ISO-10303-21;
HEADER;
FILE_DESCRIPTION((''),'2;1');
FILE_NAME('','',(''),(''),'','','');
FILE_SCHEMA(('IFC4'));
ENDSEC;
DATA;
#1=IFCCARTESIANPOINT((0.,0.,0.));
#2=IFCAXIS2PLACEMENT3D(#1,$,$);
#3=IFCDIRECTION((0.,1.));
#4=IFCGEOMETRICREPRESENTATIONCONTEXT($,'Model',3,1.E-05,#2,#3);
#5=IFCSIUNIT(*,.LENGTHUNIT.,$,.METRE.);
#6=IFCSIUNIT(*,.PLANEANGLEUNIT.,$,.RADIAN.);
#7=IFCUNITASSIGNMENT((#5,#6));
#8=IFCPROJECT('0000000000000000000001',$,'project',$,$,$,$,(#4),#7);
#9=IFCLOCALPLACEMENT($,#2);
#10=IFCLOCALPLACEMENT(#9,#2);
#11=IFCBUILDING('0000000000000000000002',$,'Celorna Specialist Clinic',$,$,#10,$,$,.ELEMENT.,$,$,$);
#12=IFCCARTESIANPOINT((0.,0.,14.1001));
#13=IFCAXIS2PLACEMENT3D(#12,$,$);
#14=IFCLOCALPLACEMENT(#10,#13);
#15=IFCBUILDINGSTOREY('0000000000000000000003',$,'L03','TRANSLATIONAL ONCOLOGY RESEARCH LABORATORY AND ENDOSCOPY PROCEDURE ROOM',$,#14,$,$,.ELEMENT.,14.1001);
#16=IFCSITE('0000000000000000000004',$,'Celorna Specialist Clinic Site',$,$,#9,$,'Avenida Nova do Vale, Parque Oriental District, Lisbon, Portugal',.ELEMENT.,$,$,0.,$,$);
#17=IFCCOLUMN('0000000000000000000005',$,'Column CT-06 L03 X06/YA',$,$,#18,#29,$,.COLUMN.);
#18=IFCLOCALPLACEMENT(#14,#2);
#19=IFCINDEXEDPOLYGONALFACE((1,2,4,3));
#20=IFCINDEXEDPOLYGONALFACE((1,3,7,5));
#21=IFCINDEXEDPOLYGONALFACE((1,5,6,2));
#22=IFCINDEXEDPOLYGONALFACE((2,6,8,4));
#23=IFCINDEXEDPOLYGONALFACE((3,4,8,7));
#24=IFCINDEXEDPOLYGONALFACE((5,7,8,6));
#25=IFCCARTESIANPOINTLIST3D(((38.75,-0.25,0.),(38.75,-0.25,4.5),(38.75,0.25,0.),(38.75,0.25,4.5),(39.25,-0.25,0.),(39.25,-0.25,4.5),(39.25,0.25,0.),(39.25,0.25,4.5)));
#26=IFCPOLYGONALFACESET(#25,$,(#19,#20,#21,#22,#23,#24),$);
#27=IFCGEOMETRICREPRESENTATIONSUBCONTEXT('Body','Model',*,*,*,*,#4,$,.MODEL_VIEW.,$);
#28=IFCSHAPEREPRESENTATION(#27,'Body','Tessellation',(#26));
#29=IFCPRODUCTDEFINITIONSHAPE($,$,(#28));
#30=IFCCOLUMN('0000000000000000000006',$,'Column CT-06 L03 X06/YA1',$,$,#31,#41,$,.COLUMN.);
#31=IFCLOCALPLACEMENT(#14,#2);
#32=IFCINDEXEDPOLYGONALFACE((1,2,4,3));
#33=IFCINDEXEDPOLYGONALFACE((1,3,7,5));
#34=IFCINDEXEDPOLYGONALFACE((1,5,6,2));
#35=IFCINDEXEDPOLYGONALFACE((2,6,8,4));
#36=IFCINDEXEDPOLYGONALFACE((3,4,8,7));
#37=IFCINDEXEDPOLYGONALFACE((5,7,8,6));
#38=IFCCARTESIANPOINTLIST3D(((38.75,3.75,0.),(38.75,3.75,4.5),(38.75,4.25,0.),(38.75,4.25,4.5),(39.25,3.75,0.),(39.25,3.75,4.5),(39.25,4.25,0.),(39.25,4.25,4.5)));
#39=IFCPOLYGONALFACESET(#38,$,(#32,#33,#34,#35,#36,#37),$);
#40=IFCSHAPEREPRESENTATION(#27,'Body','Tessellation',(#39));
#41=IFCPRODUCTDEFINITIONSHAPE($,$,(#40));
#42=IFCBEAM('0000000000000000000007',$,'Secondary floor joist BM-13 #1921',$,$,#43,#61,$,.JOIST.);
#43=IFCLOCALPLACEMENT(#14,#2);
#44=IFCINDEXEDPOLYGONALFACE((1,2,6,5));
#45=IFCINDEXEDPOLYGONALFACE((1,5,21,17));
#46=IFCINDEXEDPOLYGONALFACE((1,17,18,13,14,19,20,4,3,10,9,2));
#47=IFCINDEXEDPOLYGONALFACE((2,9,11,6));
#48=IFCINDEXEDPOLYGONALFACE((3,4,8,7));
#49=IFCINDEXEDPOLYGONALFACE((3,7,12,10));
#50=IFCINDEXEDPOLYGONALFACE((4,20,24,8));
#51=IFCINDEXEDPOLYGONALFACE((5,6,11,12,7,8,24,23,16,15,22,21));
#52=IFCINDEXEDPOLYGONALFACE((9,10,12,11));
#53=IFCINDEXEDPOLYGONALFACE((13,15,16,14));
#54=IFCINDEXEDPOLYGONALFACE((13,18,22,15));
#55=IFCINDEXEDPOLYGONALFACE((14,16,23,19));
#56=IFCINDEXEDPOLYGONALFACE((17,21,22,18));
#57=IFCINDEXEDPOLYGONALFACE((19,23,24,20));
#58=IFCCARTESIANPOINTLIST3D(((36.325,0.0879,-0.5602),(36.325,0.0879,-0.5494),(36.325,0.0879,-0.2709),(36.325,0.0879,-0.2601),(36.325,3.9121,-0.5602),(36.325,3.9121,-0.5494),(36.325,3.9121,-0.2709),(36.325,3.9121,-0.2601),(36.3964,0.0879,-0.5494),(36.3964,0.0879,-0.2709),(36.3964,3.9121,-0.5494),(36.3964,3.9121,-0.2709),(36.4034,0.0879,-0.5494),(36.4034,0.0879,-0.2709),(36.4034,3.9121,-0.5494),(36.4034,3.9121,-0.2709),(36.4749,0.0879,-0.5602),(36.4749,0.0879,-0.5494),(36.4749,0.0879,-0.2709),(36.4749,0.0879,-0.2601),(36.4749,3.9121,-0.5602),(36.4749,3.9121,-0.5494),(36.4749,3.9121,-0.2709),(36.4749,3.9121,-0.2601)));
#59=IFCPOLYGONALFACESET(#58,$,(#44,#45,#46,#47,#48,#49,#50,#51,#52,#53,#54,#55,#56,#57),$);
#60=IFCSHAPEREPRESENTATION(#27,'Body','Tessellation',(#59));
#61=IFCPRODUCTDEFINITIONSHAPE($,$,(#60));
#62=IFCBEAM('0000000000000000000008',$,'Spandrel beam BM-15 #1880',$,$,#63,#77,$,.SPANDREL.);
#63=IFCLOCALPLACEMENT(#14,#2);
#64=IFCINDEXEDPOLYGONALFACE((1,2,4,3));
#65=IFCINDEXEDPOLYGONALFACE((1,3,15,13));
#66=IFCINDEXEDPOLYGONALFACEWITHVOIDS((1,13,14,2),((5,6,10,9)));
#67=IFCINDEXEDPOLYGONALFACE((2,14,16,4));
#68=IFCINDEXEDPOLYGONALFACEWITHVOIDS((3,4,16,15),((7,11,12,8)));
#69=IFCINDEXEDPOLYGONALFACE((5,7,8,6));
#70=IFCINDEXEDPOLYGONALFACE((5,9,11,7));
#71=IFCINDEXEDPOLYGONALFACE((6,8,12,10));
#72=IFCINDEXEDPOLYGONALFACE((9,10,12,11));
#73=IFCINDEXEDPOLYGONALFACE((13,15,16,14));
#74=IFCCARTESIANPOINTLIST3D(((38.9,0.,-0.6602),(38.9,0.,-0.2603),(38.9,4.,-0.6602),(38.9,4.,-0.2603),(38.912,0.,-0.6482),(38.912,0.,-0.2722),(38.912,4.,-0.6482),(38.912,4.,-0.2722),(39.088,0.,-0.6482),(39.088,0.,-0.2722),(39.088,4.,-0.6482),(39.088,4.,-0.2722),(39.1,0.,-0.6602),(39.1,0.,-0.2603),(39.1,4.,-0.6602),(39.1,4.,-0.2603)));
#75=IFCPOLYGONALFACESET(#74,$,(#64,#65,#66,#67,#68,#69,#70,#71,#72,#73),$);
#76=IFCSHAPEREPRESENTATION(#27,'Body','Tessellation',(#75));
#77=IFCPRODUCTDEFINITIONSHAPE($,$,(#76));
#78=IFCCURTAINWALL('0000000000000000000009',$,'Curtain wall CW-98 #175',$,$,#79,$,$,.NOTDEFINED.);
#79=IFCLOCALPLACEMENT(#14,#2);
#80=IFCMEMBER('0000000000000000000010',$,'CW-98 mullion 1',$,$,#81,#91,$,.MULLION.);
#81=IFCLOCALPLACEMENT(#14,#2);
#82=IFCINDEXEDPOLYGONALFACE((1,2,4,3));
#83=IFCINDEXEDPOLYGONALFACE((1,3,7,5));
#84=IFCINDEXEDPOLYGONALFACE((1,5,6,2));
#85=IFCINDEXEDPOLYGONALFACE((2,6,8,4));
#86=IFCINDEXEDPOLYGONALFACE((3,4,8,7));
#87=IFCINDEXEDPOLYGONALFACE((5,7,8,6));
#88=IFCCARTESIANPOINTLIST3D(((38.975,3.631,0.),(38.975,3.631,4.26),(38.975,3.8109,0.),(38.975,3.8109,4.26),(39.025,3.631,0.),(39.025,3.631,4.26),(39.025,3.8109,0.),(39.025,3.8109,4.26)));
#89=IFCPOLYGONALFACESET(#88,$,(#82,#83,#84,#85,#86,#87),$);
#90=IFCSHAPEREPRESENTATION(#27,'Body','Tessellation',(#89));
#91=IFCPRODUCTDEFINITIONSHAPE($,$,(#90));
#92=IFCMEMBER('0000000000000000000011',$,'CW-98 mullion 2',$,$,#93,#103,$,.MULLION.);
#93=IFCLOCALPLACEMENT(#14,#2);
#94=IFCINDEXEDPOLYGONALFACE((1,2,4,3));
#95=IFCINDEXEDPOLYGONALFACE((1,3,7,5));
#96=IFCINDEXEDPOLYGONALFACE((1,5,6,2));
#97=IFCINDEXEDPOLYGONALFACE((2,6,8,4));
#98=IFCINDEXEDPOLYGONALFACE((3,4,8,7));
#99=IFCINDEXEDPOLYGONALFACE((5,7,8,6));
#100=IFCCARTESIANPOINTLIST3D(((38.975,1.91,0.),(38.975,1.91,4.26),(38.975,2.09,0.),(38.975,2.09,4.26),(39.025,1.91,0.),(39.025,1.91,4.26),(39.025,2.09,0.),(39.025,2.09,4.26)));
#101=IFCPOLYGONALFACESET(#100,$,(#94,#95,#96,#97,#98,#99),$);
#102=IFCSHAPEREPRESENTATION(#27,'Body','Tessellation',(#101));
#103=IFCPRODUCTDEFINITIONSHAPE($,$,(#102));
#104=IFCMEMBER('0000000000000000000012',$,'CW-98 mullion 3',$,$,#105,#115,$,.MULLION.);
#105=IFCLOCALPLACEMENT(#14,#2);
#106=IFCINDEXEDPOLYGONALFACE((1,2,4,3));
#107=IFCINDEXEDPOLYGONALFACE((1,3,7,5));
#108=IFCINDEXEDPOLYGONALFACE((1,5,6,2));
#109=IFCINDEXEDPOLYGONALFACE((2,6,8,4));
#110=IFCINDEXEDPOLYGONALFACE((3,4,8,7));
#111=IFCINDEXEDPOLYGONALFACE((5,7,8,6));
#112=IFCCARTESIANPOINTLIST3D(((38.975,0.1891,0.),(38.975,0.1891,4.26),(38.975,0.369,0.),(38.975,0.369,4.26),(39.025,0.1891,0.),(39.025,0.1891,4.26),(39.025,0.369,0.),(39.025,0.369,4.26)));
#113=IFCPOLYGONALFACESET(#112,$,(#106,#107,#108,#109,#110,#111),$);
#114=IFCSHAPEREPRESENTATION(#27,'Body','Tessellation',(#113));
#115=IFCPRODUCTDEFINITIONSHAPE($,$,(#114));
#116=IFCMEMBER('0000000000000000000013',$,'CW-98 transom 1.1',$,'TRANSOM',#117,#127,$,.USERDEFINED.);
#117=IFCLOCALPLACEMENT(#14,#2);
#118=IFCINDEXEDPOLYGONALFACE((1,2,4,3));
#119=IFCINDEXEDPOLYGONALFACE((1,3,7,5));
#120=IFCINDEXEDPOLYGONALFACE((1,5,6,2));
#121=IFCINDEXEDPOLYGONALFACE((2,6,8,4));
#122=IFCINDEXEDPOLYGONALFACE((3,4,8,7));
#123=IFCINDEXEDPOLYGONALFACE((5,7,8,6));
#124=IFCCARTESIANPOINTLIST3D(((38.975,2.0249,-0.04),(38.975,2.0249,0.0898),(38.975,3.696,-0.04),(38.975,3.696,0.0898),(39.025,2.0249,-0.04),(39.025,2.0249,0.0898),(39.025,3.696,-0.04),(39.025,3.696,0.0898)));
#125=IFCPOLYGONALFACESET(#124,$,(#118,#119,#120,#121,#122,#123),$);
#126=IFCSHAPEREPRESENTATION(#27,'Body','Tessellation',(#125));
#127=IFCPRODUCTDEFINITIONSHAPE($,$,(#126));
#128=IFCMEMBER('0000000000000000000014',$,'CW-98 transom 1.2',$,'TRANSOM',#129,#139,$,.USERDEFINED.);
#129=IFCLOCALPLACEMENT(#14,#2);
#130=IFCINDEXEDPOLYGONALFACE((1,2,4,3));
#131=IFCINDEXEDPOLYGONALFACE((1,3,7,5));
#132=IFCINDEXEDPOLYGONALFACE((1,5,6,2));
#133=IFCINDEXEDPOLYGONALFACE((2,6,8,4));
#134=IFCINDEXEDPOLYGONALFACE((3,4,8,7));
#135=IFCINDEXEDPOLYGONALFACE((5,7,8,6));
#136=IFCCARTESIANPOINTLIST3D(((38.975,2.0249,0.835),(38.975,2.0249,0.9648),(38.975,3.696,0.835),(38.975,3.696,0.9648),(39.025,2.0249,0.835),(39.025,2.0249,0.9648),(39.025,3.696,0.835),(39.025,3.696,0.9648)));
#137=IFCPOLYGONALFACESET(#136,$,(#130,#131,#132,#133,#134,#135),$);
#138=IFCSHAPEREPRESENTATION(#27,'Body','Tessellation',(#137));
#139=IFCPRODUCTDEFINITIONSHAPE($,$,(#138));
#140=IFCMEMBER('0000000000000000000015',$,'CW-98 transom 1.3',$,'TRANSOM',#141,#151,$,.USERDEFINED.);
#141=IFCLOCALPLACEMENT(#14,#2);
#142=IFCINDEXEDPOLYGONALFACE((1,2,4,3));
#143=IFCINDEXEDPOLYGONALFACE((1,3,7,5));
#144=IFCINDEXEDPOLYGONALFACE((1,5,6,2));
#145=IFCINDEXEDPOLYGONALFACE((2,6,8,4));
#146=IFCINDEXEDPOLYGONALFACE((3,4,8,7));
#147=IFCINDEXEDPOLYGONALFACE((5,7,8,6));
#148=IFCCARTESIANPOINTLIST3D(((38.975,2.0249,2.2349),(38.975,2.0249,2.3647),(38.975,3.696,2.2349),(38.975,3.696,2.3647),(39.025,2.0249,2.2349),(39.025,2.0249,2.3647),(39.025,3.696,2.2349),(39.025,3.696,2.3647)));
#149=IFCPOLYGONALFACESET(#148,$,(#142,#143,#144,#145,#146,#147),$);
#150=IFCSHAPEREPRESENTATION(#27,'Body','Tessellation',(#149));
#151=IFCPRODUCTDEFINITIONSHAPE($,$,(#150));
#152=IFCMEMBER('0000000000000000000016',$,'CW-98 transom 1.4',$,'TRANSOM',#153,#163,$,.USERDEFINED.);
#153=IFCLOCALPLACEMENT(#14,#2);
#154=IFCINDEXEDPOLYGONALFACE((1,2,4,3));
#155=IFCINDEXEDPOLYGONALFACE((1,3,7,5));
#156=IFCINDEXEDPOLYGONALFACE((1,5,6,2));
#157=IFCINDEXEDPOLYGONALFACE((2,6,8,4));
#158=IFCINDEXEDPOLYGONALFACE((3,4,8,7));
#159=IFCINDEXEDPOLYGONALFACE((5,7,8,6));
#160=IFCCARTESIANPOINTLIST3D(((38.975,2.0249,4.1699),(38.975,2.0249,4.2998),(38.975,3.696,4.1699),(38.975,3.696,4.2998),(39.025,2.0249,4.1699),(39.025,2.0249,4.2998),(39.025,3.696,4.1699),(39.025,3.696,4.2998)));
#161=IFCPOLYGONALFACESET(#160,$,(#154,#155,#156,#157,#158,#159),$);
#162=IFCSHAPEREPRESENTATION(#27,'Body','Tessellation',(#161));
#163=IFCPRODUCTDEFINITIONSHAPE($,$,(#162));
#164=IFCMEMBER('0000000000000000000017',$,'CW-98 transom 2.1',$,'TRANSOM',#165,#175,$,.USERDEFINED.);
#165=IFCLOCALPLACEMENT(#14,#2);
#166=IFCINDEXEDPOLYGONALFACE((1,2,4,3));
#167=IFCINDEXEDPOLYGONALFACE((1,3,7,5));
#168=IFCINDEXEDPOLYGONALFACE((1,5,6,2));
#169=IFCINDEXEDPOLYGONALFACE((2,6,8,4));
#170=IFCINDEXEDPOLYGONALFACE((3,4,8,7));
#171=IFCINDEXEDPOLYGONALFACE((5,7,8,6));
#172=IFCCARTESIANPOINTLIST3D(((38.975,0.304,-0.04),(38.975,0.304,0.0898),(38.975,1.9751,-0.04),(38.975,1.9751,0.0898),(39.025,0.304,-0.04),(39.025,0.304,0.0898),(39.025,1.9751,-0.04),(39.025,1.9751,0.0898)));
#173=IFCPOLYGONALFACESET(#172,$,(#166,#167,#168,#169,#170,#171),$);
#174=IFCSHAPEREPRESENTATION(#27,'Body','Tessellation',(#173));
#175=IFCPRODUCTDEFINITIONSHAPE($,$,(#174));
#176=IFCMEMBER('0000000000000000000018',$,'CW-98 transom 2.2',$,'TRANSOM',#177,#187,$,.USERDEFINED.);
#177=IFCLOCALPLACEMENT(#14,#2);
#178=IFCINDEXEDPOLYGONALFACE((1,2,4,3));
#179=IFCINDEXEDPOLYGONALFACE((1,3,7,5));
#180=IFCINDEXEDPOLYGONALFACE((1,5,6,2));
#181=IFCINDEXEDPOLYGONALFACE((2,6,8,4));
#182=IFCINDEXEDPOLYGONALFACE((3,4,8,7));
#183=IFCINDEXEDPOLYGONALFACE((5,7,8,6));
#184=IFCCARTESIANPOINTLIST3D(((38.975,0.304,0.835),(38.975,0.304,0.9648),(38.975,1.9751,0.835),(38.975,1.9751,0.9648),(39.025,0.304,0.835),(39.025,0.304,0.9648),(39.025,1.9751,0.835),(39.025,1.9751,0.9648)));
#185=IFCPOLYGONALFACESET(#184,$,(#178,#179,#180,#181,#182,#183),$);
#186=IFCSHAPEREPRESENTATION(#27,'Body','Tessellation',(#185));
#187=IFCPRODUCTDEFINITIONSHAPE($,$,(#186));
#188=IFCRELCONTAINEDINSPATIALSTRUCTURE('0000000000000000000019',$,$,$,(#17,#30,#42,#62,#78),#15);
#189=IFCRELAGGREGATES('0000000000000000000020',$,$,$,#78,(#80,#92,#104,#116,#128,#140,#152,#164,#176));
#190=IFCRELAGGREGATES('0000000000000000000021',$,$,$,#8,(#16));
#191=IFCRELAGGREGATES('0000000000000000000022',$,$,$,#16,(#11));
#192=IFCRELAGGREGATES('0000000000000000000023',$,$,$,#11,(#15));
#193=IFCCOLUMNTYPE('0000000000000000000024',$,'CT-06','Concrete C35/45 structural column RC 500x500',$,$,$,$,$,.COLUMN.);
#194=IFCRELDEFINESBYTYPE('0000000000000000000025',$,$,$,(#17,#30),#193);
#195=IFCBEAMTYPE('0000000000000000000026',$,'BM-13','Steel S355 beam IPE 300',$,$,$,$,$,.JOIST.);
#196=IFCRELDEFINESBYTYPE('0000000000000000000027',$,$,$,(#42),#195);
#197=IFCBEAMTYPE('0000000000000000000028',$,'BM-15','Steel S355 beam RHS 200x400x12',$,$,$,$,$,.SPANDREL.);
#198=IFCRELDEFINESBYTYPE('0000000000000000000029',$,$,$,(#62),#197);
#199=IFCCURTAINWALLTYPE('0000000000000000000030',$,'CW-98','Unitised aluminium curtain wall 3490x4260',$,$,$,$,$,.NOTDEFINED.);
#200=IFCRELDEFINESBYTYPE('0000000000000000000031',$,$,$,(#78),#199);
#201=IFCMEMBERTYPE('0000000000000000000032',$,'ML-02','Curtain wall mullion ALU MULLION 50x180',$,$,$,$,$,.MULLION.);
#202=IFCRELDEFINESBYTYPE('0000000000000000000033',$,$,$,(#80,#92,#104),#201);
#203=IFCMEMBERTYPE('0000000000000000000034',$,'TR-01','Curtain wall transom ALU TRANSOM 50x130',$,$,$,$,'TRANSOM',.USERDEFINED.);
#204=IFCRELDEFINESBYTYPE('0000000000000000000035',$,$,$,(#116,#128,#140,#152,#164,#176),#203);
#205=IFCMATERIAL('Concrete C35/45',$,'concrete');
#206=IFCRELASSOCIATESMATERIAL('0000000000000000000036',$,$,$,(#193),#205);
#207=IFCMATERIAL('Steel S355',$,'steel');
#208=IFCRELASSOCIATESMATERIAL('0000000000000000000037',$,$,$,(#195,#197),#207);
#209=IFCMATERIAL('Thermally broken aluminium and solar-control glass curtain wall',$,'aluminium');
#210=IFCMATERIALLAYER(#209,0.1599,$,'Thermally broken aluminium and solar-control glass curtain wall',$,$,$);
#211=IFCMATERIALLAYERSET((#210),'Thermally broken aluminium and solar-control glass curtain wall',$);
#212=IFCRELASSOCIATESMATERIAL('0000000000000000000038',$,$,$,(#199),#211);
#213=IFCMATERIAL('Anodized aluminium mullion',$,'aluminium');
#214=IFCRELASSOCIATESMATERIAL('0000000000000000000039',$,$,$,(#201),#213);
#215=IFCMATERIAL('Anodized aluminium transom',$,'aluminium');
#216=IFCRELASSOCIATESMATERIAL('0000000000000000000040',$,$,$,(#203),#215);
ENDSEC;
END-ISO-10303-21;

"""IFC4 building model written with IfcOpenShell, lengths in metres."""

from ifc_helpers import new_model, si_unit, direction, frame, origin, origin_2d, place, context, subcontext, project, spatial, rectangle, hollow_rectangle, i_section, extrude, material, layer, layer_set, material_profile, profile_set, type_object, element, aggregate, save


model = new_model("IFC4")

# Units and contexts
model_context = context("Model", 3, precision=1e-05, world=origin(), true_north=direction((0.0, 1.0)))
body_context = subcontext(model_context, "Body", "Model", "MODEL_VIEW")
ifc_project = project(units=[si_unit("LENGTHUNIT", "METRE"), si_unit("PLANEANGLEUNIT", "RADIAN")], contexts=[model_context])

# Site, building, storey
site_placement = place(None, origin())
site = spatial("IfcSite", under=ifc_project, at=site_placement, Name="Celorna Specialist Clinic Site", LongName="Avenida Nova do Vale, Parque Oriental District, Lisbon, Portugal", CompositionType="ELEMENT", RefElevation=0.0)
building_placement = place(site_placement, origin())
building = spatial("IfcBuilding", under=site, at=building_placement, Name="Celorna Specialist Clinic", CompositionType="ELEMENT")
storey_placement = place(building_placement, frame((0.0, 0.0, 14.1001)))
storey = spatial("IfcBuildingStorey", under=building, at=storey_placement, Name="L03", Description="TRANSLATIONAL ONCOLOGY RESEARCH LABORATORY AND ENDOSCOPY PROCEDURE ROOM", CompositionType="ELEMENT", Elevation=14.1001)

# Columns
ifc_material_1 = material(Name="Concrete C35/45", Category="concrete")
ifc_material_profile_1 = material_profile(ifc_material_1, rectangle(XDim=0.5, YDim=0.5, at=origin_2d()), Name="RC 500x500")
ifc_profile_set_1 = profile_set([ifc_material_profile_1], Name="Concrete C35/45")
column_type = type_object("IfcColumnType", Name="CT-06", Description="Concrete C35/45 structural column RC 500x500", PredefinedType="COLUMN", material=ifc_profile_set_1)
for number, where, z_axis, x_axis, name in (
    (1, (39.0, 0.0, 0.0), (0.0, 0.0, 1.0), (1.0, 0.0, 0.0), "Column CT-06 L03 X06/YA"),
    (2, (39.0, 4.0, 0.0), (0.0, 0.0, 1.0), (1.0, 0.0, 0.0), "Column CT-06 L03 X06/YA1"),
):
    element("IfcColumn", number, at=place(storey_placement, frame(where, z_axis=z_axis, x_axis=x_axis)), inside=storey, type_object=column_type, Name=name, PredefinedType="COLUMN", context=body_context, shape_type="SweptSolid", body=[
        extrude(rectangle(XDim=0.5, YDim=0.5, at=origin_2d()), origin(), (0.0, 0.0, 1.0), 4.5),
    ])

# Beams
ifc_material_2 = material(Name="Steel S355", Category="steel")
ifc_material_profile_2 = material_profile(ifc_material_2, i_section(OverallWidth=0.1499, OverallDepth=0.3, WebThickness=0.0071, FlangeThickness=0.0107, at=origin_2d()), Name="IPE 300")
ifc_profile_set_2 = profile_set([ifc_material_profile_2], Name="Steel S355")
beam_type_1 = type_object("IfcBeamType", Name="BM-13", Description="Steel S355 beam IPE 300", PredefinedType="JOIST", material=ifc_profile_set_2)
beam_1_placement = place(storey_placement, frame((36.3999, 0.0879, -0.4102), z_axis=(0.0, 1.0, 0.0), x_axis=(-1.0, 0.0, 0.0)))
element("IfcBeam", 3, at=beam_1_placement, inside=storey, type_object=beam_type_1, Name="Secondary floor joist BM-13 #1921", PredefinedType="JOIST", context=body_context, shape_type="SweptSolid", body=[
    extrude(i_section(OverallWidth=0.1499, OverallDepth=0.3, WebThickness=0.0071, FlangeThickness=0.0107, at=origin_2d()), origin(), (0.0, 0.0, 1.0), 3.8242),
])
ifc_material_profile_3 = material_profile(ifc_material_2, hollow_rectangle(XDim=0.2, YDim=0.3999, WallThickness=0.012, at=origin_2d()), Name="RHS 200x400x12")
ifc_profile_set_3 = profile_set([ifc_material_profile_3], Name="Steel S355")
beam_type_2 = type_object("IfcBeamType", Name="BM-15", Description="Steel S355 beam RHS 200x400x12", PredefinedType="SPANDREL", material=ifc_profile_set_3)
beam_2_placement = place(storey_placement, frame((39.0, 0.0, -0.4602), z_axis=(0.0, 1.0, 0.0), x_axis=(-1.0, 0.0, 0.0)))
element("IfcBeam", 4, at=beam_2_placement, inside=storey, type_object=beam_type_2, Name="Spandrel beam BM-15 #1880", PredefinedType="SPANDREL", context=body_context, shape_type="SweptSolid", body=[
    extrude(hollow_rectangle(XDim=0.2, YDim=0.3999, WallThickness=0.012, at=origin_2d()), origin(), (0.0, 0.0, 1.0), 4.0),
])

# Curtain wall, members
ifc_material_3 = material(Name="Thermally broken aluminium and solar-control glass curtain wall", Category="aluminium")
ifc_layer_1 = layer(ifc_material_3, 0.1599, Name="Thermally broken aluminium and solar-control glass curtain wall")
ifc_layer_set_1 = layer_set([ifc_layer_1], Name="Thermally broken aluminium and solar-control glass curtain wall")
curtain_wall_type = type_object("IfcCurtainWallType", Name="CW-98", Description="Unitised aluminium curtain wall 3490x4260", PredefinedType="NOTDEFINED", material=ifc_layer_set_1)
curtain_wall_placement = place(storey_placement, origin())
curtain_wall = element("IfcCurtainWall", 5, at=curtain_wall_placement, inside=storey, type_object=curtain_wall_type, Name="Curtain wall CW-98 #175", PredefinedType="NOTDEFINED")
ifc_material_4 = material(Name="Anodized aluminium mullion", Category="aluminium")
ifc_material_profile_4 = material_profile(ifc_material_4, rectangle(XDim=0.05, YDim=0.1799, at=origin_2d()), Name="ALU MULLION 50x180")
ifc_profile_set_4 = profile_set([ifc_material_profile_4], Name="Anodized aluminium mullion")
member_type_1 = type_object("IfcMemberType", Name="ML-02", Description="Curtain wall mullion ALU MULLION 50x180", PredefinedType="MULLION", material=ifc_profile_set_4)
member_1_placement = place(storey_placement, frame((39.0, 3.7209, 0.0), z_axis=(0.0, 0.0, 1.0), x_axis=(1.0, 0.0, 0.0)))
member_1 = element("IfcMember", 6, at=member_1_placement, type_object=member_type_1, Name="CW-98 mullion 1", PredefinedType="MULLION", context=body_context, shape_type="SweptSolid", body=[
    extrude(rectangle(XDim=0.05, YDim=0.1799, at=origin_2d()), origin(), (0.0, 0.0, 1.0), 4.26),
])
member_2_placement = place(storey_placement, frame((39.0, 2.0, 0.0), z_axis=(0.0, 0.0, 1.0), x_axis=(1.0, 0.0, 0.0)))
member_2 = element("IfcMember", 7, at=member_2_placement, type_object=member_type_1, Name="CW-98 mullion 2", PredefinedType="MULLION", context=body_context, shape_type="SweptSolid", body=[
    extrude(rectangle(XDim=0.05, YDim=0.1799, at=origin_2d()), origin(), (0.0, 0.0, 1.0), 4.26),
])
member_3_placement = place(storey_placement, frame((39.0, 0.2791, 0.0), z_axis=(0.0, 0.0, 1.0), x_axis=(1.0, 0.0, 0.0)))
member_3 = element("IfcMember", 8, at=member_3_placement, type_object=member_type_1, Name="CW-98 mullion 3", PredefinedType="MULLION", context=body_context, shape_type="SweptSolid", body=[
    extrude(rectangle(XDim=0.05, YDim=0.1799, at=origin_2d()), origin(), (0.0, 0.0, 1.0), 4.26),
])
ifc_material_5 = material(Name="Anodized aluminium transom", Category="aluminium")
ifc_material_profile_5 = material_profile(ifc_material_5, rectangle(XDim=0.05, YDim=0.1299, at=origin_2d()), Name="ALU TRANSOM 50x130")
ifc_profile_set_5 = profile_set([ifc_material_profile_5], Name="Anodized aluminium transom")
member_type_2 = type_object("IfcMemberType", Name="TR-01", Description="Curtain wall transom ALU TRANSOM 50x130", ElementType="TRANSOM", PredefinedType="USERDEFINED", material=ifc_profile_set_5)
member_4_placement = place(storey_placement, frame((39.0, 3.696, 0.0249), z_axis=(0.0, -1.0, 0.0), x_axis=(1.0, 0.0, 0.0)))
member_4 = element("IfcMember", 9, at=member_4_placement, type_object=member_type_2, Name="CW-98 transom 1.1", ObjectType="TRANSOM", PredefinedType="USERDEFINED", context=body_context, shape_type="SweptSolid", body=[
    extrude(rectangle(XDim=0.05, YDim=0.1299, at=origin_2d()), origin(), (0.0, 0.0, 1.0), 1.6711),
])
member_5_placement = place(storey_placement, frame((39.0, 3.696, 0.8999), z_axis=(0.0, -1.0, 0.0), x_axis=(1.0, 0.0, 0.0)))
member_5 = element("IfcMember", 10, at=member_5_placement, type_object=member_type_2, Name="CW-98 transom 1.2", ObjectType="TRANSOM", PredefinedType="USERDEFINED", context=body_context, shape_type="SweptSolid", body=[
    extrude(rectangle(XDim=0.05, YDim=0.1299, at=origin_2d()), origin(), (0.0, 0.0, 1.0), 1.6711),
])
member_6_placement = place(storey_placement, frame((39.0, 3.696, 2.2998), z_axis=(0.0, -1.0, 0.0), x_axis=(1.0, 0.0, 0.0)))
member_6 = element("IfcMember", 11, at=member_6_placement, type_object=member_type_2, Name="CW-98 transom 1.3", ObjectType="TRANSOM", PredefinedType="USERDEFINED", context=body_context, shape_type="SweptSolid", body=[
    extrude(rectangle(XDim=0.05, YDim=0.1299, at=origin_2d()), origin(), (0.0, 0.0, 1.0), 1.6711),
])
member_7_placement = place(storey_placement, frame((39.0, 3.696, 4.2349), z_axis=(0.0, -1.0, 0.0), x_axis=(1.0, 0.0, 0.0)))
member_7 = element("IfcMember", 12, at=member_7_placement, type_object=member_type_2, Name="CW-98 transom 1.4", ObjectType="TRANSOM", PredefinedType="USERDEFINED", context=body_context, shape_type="SweptSolid", body=[
    extrude(rectangle(XDim=0.05, YDim=0.1299, at=origin_2d()), origin(), (0.0, 0.0, 1.0), 1.6711),
])
member_8_placement = place(storey_placement, frame((39.0, 1.9751, 0.0249), z_axis=(0.0, -1.0, 0.0), x_axis=(1.0, 0.0, 0.0)))
member_8 = element("IfcMember", 13, at=member_8_placement, type_object=member_type_2, Name="CW-98 transom 2.1", ObjectType="TRANSOM", PredefinedType="USERDEFINED", context=body_context, shape_type="SweptSolid", body=[
    extrude(rectangle(XDim=0.05, YDim=0.1299, at=origin_2d()), origin(), (0.0, 0.0, 1.0), 1.6711),
])
member_9_placement = place(storey_placement, frame((39.0, 1.9751, 0.8999), z_axis=(0.0, -1.0, 0.0), x_axis=(1.0, 0.0, 0.0)))
member_9 = element("IfcMember", 14, at=member_9_placement, type_object=member_type_2, Name="CW-98 transom 2.2", ObjectType="TRANSOM", PredefinedType="USERDEFINED", context=body_context, shape_type="SweptSolid", body=[
    extrude(rectangle(XDim=0.05, YDim=0.1299, at=origin_2d()), origin(), (0.0, 0.0, 1.0), 1.6711),
])
aggregate(curtain_wall, [member_1, member_2, member_3, member_4, member_5, member_6, member_7, member_8, member_9])

save(model, "model.ifc")
